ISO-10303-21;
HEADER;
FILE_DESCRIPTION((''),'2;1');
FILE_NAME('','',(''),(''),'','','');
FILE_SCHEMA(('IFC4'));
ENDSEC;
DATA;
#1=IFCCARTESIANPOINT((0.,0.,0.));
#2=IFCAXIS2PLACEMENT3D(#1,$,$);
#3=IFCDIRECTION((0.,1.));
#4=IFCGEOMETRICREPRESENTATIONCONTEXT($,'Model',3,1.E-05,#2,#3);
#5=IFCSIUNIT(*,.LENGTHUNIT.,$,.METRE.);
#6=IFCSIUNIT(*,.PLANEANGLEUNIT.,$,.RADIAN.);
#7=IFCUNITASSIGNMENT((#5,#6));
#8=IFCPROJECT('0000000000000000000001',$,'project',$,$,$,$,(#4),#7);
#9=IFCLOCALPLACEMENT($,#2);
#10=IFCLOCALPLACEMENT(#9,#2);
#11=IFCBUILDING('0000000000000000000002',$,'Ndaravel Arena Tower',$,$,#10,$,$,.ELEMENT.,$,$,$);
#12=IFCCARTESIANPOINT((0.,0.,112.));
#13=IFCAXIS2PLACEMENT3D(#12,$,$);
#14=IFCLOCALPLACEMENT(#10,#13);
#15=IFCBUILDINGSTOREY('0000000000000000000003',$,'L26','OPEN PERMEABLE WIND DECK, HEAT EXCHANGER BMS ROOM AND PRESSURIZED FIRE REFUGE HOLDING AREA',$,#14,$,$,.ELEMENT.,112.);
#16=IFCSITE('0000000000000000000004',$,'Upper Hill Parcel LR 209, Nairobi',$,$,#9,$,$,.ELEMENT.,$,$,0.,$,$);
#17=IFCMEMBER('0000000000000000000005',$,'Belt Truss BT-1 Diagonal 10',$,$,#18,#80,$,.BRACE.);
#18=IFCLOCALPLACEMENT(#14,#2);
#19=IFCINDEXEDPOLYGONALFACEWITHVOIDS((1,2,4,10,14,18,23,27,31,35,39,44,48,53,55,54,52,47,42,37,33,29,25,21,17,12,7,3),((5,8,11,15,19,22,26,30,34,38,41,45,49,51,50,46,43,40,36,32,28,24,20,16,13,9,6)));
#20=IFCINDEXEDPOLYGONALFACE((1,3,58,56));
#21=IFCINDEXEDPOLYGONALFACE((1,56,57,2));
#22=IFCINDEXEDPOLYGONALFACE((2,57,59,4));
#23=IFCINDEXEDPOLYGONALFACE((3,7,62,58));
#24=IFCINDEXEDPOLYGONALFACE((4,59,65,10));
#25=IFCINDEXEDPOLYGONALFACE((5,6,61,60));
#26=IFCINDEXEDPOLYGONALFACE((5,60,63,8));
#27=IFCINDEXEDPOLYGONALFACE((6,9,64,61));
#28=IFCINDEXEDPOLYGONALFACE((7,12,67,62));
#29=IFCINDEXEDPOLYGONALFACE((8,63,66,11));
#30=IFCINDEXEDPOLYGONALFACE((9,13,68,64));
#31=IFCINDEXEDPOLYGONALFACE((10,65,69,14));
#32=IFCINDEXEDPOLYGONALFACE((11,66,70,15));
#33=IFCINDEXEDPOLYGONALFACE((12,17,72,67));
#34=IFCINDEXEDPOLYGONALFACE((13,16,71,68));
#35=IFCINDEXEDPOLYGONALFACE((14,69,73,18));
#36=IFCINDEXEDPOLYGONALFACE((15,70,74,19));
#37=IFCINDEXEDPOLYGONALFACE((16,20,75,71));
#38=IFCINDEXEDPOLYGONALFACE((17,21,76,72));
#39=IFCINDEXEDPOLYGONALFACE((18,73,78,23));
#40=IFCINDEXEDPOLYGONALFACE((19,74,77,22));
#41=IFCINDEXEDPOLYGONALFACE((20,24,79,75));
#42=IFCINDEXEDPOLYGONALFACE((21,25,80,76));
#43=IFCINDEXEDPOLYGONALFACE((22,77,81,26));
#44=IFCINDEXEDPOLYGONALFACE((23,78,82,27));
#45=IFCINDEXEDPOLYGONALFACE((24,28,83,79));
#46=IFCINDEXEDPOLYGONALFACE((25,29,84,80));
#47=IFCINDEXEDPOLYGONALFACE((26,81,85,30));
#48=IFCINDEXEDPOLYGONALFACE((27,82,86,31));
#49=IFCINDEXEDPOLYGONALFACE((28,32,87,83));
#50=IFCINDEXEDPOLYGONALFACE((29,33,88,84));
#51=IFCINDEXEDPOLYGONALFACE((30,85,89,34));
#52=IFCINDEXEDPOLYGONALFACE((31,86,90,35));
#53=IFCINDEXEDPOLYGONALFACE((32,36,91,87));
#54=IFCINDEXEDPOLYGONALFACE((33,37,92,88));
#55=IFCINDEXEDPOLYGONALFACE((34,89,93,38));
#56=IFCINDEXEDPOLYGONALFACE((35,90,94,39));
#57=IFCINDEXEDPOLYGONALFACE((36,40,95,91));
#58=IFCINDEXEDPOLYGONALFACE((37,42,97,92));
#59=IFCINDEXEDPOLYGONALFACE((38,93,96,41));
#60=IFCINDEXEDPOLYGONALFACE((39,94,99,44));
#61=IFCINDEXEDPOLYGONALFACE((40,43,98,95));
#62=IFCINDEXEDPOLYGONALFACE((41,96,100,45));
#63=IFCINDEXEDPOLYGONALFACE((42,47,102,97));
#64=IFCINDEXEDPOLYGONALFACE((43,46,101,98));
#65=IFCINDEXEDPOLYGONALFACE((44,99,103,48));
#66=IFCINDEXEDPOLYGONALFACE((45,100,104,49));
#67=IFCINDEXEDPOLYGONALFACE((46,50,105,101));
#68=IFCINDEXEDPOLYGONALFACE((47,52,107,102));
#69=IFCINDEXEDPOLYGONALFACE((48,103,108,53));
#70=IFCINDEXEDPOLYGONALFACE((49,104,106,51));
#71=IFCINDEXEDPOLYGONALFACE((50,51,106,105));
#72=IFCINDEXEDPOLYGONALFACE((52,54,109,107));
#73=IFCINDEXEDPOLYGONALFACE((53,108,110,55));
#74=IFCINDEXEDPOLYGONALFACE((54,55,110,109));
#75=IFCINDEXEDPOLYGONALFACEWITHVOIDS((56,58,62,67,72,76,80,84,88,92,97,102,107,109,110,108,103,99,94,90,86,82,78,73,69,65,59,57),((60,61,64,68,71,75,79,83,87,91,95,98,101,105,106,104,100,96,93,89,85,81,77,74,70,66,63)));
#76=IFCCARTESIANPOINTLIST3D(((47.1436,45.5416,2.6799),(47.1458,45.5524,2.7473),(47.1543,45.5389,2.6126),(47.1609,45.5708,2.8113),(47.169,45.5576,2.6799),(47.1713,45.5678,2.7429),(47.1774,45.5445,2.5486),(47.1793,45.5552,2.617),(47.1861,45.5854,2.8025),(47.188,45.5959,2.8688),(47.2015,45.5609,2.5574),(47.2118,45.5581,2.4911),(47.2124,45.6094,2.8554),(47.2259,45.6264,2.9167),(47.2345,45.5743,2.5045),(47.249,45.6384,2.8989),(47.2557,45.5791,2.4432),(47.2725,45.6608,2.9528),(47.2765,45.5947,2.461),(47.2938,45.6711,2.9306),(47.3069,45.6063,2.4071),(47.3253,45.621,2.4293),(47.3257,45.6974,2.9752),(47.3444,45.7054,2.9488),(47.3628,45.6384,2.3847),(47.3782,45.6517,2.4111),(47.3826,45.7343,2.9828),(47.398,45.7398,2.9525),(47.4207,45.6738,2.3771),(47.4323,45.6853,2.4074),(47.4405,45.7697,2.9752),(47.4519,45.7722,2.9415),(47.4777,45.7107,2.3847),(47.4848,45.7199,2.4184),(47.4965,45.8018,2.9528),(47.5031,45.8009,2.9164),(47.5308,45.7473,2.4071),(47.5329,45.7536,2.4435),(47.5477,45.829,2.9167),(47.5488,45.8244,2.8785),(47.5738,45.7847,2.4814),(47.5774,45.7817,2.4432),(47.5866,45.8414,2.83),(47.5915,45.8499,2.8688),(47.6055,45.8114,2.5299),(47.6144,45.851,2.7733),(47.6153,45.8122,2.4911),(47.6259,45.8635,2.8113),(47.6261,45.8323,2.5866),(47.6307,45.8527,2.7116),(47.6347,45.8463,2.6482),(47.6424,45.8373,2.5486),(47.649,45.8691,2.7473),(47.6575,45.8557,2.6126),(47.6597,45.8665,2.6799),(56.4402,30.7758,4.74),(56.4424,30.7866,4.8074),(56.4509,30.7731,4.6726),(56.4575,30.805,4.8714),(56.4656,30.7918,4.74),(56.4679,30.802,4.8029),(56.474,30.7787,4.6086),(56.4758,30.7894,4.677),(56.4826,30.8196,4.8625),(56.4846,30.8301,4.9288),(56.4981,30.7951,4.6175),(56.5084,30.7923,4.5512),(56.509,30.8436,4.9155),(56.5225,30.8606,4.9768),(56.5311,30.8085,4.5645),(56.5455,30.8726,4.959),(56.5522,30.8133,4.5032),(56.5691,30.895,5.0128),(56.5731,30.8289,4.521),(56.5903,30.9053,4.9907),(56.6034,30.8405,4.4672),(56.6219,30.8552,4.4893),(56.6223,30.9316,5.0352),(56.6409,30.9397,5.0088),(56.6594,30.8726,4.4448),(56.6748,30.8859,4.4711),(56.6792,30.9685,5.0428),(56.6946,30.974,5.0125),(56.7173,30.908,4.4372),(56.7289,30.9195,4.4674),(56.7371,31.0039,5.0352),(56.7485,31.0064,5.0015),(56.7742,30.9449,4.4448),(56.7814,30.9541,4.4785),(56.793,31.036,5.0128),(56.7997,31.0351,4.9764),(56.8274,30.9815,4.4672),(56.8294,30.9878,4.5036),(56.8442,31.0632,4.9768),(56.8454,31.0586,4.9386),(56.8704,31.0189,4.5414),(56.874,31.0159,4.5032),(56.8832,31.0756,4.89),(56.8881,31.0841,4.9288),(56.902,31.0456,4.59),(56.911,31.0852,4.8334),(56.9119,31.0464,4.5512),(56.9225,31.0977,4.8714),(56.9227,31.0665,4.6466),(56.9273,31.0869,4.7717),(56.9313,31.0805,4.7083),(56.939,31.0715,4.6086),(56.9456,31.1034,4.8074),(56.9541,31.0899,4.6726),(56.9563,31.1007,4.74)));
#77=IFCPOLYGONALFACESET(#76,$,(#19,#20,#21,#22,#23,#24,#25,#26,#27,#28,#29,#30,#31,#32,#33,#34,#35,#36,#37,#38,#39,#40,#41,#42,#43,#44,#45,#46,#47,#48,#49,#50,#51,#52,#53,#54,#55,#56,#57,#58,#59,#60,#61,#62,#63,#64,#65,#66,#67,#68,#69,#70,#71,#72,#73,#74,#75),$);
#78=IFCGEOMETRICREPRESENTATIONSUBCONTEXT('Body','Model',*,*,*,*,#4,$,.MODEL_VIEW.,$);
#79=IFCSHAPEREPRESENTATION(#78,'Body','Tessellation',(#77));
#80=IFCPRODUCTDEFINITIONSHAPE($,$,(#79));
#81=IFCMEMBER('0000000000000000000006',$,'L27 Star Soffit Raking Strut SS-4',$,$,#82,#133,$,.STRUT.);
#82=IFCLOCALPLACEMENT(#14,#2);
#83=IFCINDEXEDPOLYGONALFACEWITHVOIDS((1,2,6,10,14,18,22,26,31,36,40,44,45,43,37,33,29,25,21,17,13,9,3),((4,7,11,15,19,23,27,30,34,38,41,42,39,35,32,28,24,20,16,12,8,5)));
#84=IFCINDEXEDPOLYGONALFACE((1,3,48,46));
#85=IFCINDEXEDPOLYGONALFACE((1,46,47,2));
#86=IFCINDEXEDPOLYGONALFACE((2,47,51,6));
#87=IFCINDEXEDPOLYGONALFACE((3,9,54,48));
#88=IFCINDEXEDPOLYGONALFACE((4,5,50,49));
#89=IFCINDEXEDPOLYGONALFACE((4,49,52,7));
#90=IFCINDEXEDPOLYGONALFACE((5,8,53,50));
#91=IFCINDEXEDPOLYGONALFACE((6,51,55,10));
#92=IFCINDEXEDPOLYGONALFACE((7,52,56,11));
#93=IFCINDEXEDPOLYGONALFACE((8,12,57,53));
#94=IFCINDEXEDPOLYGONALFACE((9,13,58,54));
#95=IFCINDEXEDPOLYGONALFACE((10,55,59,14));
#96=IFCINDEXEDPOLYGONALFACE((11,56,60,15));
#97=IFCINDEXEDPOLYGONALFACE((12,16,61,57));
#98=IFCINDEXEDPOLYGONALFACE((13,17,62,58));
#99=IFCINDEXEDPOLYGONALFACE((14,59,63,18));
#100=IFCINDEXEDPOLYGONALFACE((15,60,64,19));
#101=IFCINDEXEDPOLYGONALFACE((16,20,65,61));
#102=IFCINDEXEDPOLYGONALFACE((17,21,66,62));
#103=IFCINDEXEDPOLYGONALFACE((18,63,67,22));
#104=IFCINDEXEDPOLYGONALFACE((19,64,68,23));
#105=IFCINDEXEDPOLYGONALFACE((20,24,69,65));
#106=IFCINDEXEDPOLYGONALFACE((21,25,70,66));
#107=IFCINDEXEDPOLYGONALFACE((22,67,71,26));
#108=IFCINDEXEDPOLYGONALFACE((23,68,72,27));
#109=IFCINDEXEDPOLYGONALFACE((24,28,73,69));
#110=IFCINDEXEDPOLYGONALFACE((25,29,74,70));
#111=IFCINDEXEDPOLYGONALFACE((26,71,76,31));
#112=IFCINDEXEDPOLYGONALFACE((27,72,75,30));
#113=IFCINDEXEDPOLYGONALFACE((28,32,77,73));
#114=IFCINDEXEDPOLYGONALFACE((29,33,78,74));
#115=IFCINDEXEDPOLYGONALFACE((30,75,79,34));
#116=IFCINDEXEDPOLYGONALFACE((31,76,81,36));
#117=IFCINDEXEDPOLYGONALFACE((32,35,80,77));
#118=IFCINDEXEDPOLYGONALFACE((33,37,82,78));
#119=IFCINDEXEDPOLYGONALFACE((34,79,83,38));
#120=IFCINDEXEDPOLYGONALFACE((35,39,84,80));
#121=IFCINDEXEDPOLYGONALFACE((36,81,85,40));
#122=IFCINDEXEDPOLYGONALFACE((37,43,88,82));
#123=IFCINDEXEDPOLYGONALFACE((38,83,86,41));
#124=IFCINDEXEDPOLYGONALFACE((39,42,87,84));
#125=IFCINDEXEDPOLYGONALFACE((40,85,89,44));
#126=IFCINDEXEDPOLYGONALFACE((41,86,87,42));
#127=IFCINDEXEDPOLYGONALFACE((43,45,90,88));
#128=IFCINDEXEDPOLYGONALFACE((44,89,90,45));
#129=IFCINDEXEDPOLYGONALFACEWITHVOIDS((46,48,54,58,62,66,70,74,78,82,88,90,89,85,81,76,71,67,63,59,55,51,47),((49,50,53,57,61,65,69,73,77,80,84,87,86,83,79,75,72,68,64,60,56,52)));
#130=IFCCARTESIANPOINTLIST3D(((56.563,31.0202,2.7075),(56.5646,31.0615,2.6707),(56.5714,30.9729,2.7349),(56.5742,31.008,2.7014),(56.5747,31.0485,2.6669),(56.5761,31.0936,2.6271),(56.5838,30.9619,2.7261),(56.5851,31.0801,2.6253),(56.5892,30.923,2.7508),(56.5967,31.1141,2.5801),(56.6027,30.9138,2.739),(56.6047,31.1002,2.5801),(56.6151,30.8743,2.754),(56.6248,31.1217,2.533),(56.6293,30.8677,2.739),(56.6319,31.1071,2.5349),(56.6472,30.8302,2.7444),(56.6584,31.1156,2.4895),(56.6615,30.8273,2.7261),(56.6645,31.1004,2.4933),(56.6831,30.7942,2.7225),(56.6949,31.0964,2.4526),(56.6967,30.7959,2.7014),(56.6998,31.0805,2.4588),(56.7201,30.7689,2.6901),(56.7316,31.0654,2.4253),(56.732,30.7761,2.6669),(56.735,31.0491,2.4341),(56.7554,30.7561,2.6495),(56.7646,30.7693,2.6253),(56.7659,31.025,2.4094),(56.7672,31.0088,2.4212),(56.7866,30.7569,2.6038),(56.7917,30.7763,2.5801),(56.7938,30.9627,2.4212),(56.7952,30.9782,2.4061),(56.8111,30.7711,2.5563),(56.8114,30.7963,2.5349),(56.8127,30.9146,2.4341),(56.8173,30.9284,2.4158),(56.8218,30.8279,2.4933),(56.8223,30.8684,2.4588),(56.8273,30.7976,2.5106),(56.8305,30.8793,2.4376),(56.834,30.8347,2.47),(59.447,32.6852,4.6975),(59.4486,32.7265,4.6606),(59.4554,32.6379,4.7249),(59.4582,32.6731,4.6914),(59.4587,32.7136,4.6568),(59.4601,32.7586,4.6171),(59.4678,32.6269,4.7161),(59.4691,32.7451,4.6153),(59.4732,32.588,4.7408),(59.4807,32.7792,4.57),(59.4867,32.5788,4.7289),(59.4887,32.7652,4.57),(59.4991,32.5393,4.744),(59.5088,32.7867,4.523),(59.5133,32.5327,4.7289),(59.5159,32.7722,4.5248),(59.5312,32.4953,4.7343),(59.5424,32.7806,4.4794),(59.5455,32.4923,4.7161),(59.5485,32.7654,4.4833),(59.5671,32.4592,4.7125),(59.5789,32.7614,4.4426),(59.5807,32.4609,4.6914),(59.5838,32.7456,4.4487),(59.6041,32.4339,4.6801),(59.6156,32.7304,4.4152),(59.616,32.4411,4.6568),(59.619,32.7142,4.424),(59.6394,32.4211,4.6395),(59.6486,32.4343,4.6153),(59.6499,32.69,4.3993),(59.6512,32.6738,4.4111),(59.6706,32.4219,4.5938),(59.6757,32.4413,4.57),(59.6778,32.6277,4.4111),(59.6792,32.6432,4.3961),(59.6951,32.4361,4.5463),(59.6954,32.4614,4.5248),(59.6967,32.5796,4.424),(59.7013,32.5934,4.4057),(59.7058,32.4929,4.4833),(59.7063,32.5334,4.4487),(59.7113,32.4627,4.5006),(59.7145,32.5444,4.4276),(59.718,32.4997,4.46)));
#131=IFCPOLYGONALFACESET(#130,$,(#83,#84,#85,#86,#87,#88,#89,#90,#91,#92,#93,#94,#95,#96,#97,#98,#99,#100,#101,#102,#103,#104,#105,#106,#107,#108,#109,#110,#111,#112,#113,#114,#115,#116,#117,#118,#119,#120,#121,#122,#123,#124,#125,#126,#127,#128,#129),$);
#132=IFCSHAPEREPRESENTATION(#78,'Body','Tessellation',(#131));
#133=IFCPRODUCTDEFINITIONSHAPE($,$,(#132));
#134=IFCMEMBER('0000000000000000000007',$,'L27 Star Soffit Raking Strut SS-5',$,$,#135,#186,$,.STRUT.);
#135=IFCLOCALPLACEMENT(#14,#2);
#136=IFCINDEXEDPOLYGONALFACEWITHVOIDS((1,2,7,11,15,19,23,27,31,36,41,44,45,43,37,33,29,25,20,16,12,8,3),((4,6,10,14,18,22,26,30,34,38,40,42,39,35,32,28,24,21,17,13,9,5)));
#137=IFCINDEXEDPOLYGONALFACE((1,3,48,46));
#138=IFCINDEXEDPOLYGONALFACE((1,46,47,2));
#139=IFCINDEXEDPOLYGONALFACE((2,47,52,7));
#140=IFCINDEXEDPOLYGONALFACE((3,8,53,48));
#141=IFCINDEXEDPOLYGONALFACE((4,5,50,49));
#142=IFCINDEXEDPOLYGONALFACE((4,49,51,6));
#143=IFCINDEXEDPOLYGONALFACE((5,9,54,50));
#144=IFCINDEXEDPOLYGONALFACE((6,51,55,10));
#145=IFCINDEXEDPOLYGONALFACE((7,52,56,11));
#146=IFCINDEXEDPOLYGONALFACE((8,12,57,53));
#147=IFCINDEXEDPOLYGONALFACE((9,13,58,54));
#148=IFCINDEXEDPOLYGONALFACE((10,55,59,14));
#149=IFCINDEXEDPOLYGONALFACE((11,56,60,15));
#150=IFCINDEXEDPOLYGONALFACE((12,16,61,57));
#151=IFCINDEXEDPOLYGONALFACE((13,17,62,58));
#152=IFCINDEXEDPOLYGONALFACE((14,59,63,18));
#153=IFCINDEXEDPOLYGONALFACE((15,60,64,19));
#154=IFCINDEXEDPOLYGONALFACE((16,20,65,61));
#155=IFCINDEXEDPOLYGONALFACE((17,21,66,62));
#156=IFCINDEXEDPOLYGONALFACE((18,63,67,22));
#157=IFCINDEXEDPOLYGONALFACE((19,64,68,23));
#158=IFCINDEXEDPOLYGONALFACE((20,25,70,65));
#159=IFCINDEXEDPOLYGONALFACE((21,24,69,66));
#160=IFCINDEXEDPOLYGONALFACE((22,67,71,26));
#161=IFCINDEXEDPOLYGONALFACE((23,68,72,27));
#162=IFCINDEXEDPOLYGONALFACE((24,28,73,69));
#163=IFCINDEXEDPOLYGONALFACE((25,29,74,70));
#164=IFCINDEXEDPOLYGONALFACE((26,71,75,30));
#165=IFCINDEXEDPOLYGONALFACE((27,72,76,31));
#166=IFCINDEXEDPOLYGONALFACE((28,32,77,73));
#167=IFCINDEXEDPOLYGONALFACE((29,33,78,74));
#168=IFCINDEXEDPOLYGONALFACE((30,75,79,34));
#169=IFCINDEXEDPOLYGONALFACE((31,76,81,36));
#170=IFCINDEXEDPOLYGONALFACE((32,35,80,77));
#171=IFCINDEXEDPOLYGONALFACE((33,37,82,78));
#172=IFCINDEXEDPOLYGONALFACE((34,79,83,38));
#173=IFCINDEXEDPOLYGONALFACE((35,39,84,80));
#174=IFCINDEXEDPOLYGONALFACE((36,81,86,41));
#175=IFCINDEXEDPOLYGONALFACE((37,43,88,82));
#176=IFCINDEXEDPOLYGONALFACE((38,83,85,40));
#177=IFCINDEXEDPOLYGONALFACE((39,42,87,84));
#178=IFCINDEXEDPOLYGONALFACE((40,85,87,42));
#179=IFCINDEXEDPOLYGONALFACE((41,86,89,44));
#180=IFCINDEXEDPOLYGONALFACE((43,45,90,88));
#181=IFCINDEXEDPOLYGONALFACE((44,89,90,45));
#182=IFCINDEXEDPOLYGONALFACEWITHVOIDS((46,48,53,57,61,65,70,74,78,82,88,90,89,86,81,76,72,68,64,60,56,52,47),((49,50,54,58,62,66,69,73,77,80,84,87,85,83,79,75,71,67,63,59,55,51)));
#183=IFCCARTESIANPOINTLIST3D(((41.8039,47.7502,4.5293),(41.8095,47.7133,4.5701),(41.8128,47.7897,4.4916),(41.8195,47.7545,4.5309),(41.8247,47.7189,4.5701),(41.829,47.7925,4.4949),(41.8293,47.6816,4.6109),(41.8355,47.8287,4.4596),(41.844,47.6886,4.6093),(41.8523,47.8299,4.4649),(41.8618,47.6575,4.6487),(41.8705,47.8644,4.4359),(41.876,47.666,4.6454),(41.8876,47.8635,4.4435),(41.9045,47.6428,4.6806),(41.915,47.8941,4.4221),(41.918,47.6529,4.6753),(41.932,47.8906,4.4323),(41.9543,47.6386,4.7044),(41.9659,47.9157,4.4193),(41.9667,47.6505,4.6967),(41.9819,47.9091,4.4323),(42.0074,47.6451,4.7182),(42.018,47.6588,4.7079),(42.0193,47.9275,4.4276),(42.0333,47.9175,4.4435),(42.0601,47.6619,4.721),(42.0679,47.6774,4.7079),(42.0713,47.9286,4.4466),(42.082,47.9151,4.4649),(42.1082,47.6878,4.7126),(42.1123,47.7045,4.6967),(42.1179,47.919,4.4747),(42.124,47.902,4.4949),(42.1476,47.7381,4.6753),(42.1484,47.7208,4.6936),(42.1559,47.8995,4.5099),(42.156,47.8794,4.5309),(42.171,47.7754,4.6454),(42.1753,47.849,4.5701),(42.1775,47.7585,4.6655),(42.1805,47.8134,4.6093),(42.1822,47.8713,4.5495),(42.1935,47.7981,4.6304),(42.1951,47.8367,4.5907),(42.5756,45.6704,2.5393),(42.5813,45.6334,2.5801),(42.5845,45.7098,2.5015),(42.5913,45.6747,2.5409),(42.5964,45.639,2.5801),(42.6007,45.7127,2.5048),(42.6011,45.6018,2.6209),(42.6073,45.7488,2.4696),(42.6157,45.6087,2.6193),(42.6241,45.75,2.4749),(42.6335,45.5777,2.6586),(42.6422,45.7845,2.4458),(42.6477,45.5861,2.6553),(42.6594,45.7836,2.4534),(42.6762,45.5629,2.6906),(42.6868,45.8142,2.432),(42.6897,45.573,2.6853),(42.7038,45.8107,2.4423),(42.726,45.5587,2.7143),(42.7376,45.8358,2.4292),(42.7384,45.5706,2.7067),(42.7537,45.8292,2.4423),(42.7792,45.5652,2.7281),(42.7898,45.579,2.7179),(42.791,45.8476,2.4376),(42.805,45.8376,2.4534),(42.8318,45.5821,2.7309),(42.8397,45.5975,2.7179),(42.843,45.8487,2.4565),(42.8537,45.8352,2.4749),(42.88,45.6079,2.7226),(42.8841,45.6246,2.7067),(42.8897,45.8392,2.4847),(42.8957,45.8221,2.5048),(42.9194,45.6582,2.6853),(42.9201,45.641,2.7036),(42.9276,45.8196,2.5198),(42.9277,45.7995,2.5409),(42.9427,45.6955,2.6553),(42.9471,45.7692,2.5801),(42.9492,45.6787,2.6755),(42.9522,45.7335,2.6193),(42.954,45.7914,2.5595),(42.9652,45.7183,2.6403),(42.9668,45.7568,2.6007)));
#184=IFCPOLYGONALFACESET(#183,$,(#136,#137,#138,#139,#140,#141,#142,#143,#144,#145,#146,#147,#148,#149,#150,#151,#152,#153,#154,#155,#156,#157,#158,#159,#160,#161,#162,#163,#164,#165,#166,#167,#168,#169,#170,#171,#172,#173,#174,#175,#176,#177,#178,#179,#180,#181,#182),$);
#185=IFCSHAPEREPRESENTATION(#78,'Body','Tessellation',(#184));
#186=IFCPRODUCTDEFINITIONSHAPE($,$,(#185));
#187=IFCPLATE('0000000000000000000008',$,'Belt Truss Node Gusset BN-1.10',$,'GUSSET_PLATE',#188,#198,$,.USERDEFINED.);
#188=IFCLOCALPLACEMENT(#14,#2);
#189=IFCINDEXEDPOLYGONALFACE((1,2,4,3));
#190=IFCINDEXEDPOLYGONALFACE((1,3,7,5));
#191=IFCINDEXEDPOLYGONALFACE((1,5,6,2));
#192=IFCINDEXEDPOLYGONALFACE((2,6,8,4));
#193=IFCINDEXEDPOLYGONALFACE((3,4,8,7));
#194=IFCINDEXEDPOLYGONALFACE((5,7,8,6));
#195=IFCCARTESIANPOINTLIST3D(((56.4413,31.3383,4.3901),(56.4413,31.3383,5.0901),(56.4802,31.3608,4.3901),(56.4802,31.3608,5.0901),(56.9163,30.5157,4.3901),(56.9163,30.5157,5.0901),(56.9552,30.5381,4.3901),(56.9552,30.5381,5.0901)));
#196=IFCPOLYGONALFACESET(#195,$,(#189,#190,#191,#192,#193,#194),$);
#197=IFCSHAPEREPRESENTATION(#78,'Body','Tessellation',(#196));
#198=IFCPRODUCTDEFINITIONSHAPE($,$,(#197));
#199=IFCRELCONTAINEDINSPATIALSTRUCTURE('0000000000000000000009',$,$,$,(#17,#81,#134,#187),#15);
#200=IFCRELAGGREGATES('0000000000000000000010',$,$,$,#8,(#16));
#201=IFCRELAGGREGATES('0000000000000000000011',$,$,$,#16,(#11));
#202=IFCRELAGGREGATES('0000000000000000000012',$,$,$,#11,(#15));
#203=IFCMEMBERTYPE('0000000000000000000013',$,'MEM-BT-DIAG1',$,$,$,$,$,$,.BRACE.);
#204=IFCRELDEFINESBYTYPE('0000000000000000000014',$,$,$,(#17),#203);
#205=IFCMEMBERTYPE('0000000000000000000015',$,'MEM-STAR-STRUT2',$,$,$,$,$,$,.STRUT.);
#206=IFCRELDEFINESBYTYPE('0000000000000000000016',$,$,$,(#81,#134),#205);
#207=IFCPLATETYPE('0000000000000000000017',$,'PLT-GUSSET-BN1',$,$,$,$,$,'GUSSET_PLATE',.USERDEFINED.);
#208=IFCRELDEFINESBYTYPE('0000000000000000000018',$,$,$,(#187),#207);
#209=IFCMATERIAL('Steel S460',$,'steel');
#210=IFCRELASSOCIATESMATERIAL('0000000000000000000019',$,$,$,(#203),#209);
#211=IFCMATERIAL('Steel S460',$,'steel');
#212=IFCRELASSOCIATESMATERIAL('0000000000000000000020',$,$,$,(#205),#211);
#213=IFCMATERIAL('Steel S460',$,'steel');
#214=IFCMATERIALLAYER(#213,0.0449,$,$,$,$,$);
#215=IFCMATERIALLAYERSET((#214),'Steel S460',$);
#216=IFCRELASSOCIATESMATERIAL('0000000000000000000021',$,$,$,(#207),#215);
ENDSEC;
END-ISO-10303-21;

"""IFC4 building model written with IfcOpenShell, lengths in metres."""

from ifc_helpers import new_model, si_unit, direction, frame, origin, origin_2d, place, context, subcontext, project, spatial, rectangle, hollow_circle, extrude, material, layer, layer_set, material_profile, profile_set, type_object, element, save


model = new_model("IFC4")

# Units and contexts
model_context = context("Model", 3, precision=1e-05, world=origin(), true_north=direction((0.0, 1.0)))
body_context = subcontext(model_context, "Body", "Model", "MODEL_VIEW")
ifc_project = project(units=[si_unit("LENGTHUNIT", "METRE"), si_unit("PLANEANGLEUNIT", "RADIAN")], contexts=[model_context])

# Site, building, storey
site_placement = place(None, origin())
site = spatial("IfcSite", under=ifc_project, at=site_placement, Name="Upper Hill Parcel LR 209, Nairobi", CompositionType="ELEMENT", RefElevation=0.0)
building_placement = place(site_placement, origin())
building = spatial("IfcBuilding", under=site, at=building_placement, Name="Ndaravel Arena Tower", CompositionType="ELEMENT")
storey_placement = place(building_placement, frame((0.0, 0.0, 112.0)))
storey = spatial("IfcBuildingStorey", under=building, at=storey_placement, Name="L26", Description="OPEN PERMEABLE WIND DECK, HEAT EXCHANGER BMS ROOM AND PRESSURIZED FIRE REFUGE HOLDING AREA", CompositionType="ELEMENT", Elevation=112.0)

# Members
ifc_material_1 = material(Name="Steel S460", Category="steel")
ifc_material_profile_1 = material_profile(ifc_material_1, hollow_circle(Radius=0.3049, WallThickness=0.03, at=origin_2d()), Name="CHS 610x30")
ifc_profile_set_1 = profile_set([ifc_material_profile_1], Name="Steel S460")
member_type_1 = type_object("IfcMemberType", Name="MEM-BT-DIAG1", PredefinedType="BRACE", material=ifc_profile_set_1)
member_1_placement = place(storey_placement, frame((56.6982, 30.9382, 4.74), z_axis=(-0.529122, 0.840406, -0.117249), x_axis=(-0.846243, -0.532797, 0.0)))
element("IfcMember", 1, at=member_1_placement, inside=storey, type_object=member_type_1, Name="Belt Truss BT-1 Diagonal 10", PredefinedType="BRACE", context=body_context, shape_type="SweptSolid", body=[
    extrude(hollow_circle(Radius=0.3049, WallThickness=0.03, at=origin_2d()), origin(), (0.0, 0.0, 1.0), 17.5698),
])
ifc_material_2 = material(Name="Steel S460", Category="steel")
ifc_material_profile_2 = material_profile(ifc_material_2, hollow_circle(Radius=0.2031, WallThickness=0.0161, at=origin_2d()), Name="CHS 406.4x16")
ifc_profile_set_2 = profile_set([ifc_material_profile_2], Name="Steel S460")
member_type_2 = type_object("IfcMemberType", Name="MEM-STAR-STRUT2", PredefinedType="STRUT", material=ifc_profile_set_2)
member_2_placement = place(storey_placement, frame((56.6982, 30.9382, 2.5801), z_axis=(0.743415, 0.429196, 0.512958), x_axis=(-0.499987, 0.866033, 0.0)))
element("IfcMember", 2, at=member_2_placement, inside=storey, type_object=member_type_2, Name="L27 Star Soffit Raking Strut SS-4", PredefinedType="STRUT", context=body_context, shape_type="SweptSolid", body=[
    extrude(hollow_circle(Radius=0.2031, WallThickness=0.0161, at=origin_2d()), origin(), (0.0, 0.0, 1.0), 3.8794),
])
member_3_placement = place(storey_placement, frame((42.7717, 45.7041, 2.5801), z_axis=(-0.258956, 0.697894, 0.667747), x_axis=(-0.93754, -0.347877, 0.0)))
element("IfcMember", 3, at=member_3_placement, inside=storey, type_object=member_type_2, Name="L27 Star Soffit Raking Strut SS-5", PredefinedType="STRUT", context=body_context, shape_type="SweptSolid", body=[
    extrude(hollow_circle(Radius=0.2031, WallThickness=0.0161, at=origin_2d()), origin(), (0.0, 0.0, 1.0), 2.9802),
])

# Plate
ifc_material_3 = material(Name="Steel S460", Category="steel")
ifc_layer_1 = layer(ifc_material_3, 0.0449)
ifc_layer_set_1 = layer_set([ifc_layer_1], Name="Steel S460")
plate_type_1 = type_object("IfcPlateType", Name="PLT-GUSSET-BN1", ElementType="GUSSET_PLATE", PredefinedType="USERDEFINED", material=ifc_layer_set_1)
for number, where, z_axis, x_axis, name in (
    (4, (56.6982, 30.9382, 4.3901), (0.0, 0.0, 1.0), (-0.5, 0.866025, 0.0), "Belt Truss Node Gusset BN-1.10"),
):
    element("IfcPlate", number, at=place(storey_placement, frame(where, z_axis=z_axis, x_axis=x_axis)), inside=storey, type_object=plate_type_1, Name=name, ObjectType="GUSSET_PLATE", PredefinedType="USERDEFINED", context=body_context, shape_type="SweptSolid", body=[
        extrude(rectangle(XDim=0.95, YDim=0.0449, at=origin_2d()), origin(), (0.0, 0.0, 1.0), 0.7),
    ])

save(model, "model.ifc")
